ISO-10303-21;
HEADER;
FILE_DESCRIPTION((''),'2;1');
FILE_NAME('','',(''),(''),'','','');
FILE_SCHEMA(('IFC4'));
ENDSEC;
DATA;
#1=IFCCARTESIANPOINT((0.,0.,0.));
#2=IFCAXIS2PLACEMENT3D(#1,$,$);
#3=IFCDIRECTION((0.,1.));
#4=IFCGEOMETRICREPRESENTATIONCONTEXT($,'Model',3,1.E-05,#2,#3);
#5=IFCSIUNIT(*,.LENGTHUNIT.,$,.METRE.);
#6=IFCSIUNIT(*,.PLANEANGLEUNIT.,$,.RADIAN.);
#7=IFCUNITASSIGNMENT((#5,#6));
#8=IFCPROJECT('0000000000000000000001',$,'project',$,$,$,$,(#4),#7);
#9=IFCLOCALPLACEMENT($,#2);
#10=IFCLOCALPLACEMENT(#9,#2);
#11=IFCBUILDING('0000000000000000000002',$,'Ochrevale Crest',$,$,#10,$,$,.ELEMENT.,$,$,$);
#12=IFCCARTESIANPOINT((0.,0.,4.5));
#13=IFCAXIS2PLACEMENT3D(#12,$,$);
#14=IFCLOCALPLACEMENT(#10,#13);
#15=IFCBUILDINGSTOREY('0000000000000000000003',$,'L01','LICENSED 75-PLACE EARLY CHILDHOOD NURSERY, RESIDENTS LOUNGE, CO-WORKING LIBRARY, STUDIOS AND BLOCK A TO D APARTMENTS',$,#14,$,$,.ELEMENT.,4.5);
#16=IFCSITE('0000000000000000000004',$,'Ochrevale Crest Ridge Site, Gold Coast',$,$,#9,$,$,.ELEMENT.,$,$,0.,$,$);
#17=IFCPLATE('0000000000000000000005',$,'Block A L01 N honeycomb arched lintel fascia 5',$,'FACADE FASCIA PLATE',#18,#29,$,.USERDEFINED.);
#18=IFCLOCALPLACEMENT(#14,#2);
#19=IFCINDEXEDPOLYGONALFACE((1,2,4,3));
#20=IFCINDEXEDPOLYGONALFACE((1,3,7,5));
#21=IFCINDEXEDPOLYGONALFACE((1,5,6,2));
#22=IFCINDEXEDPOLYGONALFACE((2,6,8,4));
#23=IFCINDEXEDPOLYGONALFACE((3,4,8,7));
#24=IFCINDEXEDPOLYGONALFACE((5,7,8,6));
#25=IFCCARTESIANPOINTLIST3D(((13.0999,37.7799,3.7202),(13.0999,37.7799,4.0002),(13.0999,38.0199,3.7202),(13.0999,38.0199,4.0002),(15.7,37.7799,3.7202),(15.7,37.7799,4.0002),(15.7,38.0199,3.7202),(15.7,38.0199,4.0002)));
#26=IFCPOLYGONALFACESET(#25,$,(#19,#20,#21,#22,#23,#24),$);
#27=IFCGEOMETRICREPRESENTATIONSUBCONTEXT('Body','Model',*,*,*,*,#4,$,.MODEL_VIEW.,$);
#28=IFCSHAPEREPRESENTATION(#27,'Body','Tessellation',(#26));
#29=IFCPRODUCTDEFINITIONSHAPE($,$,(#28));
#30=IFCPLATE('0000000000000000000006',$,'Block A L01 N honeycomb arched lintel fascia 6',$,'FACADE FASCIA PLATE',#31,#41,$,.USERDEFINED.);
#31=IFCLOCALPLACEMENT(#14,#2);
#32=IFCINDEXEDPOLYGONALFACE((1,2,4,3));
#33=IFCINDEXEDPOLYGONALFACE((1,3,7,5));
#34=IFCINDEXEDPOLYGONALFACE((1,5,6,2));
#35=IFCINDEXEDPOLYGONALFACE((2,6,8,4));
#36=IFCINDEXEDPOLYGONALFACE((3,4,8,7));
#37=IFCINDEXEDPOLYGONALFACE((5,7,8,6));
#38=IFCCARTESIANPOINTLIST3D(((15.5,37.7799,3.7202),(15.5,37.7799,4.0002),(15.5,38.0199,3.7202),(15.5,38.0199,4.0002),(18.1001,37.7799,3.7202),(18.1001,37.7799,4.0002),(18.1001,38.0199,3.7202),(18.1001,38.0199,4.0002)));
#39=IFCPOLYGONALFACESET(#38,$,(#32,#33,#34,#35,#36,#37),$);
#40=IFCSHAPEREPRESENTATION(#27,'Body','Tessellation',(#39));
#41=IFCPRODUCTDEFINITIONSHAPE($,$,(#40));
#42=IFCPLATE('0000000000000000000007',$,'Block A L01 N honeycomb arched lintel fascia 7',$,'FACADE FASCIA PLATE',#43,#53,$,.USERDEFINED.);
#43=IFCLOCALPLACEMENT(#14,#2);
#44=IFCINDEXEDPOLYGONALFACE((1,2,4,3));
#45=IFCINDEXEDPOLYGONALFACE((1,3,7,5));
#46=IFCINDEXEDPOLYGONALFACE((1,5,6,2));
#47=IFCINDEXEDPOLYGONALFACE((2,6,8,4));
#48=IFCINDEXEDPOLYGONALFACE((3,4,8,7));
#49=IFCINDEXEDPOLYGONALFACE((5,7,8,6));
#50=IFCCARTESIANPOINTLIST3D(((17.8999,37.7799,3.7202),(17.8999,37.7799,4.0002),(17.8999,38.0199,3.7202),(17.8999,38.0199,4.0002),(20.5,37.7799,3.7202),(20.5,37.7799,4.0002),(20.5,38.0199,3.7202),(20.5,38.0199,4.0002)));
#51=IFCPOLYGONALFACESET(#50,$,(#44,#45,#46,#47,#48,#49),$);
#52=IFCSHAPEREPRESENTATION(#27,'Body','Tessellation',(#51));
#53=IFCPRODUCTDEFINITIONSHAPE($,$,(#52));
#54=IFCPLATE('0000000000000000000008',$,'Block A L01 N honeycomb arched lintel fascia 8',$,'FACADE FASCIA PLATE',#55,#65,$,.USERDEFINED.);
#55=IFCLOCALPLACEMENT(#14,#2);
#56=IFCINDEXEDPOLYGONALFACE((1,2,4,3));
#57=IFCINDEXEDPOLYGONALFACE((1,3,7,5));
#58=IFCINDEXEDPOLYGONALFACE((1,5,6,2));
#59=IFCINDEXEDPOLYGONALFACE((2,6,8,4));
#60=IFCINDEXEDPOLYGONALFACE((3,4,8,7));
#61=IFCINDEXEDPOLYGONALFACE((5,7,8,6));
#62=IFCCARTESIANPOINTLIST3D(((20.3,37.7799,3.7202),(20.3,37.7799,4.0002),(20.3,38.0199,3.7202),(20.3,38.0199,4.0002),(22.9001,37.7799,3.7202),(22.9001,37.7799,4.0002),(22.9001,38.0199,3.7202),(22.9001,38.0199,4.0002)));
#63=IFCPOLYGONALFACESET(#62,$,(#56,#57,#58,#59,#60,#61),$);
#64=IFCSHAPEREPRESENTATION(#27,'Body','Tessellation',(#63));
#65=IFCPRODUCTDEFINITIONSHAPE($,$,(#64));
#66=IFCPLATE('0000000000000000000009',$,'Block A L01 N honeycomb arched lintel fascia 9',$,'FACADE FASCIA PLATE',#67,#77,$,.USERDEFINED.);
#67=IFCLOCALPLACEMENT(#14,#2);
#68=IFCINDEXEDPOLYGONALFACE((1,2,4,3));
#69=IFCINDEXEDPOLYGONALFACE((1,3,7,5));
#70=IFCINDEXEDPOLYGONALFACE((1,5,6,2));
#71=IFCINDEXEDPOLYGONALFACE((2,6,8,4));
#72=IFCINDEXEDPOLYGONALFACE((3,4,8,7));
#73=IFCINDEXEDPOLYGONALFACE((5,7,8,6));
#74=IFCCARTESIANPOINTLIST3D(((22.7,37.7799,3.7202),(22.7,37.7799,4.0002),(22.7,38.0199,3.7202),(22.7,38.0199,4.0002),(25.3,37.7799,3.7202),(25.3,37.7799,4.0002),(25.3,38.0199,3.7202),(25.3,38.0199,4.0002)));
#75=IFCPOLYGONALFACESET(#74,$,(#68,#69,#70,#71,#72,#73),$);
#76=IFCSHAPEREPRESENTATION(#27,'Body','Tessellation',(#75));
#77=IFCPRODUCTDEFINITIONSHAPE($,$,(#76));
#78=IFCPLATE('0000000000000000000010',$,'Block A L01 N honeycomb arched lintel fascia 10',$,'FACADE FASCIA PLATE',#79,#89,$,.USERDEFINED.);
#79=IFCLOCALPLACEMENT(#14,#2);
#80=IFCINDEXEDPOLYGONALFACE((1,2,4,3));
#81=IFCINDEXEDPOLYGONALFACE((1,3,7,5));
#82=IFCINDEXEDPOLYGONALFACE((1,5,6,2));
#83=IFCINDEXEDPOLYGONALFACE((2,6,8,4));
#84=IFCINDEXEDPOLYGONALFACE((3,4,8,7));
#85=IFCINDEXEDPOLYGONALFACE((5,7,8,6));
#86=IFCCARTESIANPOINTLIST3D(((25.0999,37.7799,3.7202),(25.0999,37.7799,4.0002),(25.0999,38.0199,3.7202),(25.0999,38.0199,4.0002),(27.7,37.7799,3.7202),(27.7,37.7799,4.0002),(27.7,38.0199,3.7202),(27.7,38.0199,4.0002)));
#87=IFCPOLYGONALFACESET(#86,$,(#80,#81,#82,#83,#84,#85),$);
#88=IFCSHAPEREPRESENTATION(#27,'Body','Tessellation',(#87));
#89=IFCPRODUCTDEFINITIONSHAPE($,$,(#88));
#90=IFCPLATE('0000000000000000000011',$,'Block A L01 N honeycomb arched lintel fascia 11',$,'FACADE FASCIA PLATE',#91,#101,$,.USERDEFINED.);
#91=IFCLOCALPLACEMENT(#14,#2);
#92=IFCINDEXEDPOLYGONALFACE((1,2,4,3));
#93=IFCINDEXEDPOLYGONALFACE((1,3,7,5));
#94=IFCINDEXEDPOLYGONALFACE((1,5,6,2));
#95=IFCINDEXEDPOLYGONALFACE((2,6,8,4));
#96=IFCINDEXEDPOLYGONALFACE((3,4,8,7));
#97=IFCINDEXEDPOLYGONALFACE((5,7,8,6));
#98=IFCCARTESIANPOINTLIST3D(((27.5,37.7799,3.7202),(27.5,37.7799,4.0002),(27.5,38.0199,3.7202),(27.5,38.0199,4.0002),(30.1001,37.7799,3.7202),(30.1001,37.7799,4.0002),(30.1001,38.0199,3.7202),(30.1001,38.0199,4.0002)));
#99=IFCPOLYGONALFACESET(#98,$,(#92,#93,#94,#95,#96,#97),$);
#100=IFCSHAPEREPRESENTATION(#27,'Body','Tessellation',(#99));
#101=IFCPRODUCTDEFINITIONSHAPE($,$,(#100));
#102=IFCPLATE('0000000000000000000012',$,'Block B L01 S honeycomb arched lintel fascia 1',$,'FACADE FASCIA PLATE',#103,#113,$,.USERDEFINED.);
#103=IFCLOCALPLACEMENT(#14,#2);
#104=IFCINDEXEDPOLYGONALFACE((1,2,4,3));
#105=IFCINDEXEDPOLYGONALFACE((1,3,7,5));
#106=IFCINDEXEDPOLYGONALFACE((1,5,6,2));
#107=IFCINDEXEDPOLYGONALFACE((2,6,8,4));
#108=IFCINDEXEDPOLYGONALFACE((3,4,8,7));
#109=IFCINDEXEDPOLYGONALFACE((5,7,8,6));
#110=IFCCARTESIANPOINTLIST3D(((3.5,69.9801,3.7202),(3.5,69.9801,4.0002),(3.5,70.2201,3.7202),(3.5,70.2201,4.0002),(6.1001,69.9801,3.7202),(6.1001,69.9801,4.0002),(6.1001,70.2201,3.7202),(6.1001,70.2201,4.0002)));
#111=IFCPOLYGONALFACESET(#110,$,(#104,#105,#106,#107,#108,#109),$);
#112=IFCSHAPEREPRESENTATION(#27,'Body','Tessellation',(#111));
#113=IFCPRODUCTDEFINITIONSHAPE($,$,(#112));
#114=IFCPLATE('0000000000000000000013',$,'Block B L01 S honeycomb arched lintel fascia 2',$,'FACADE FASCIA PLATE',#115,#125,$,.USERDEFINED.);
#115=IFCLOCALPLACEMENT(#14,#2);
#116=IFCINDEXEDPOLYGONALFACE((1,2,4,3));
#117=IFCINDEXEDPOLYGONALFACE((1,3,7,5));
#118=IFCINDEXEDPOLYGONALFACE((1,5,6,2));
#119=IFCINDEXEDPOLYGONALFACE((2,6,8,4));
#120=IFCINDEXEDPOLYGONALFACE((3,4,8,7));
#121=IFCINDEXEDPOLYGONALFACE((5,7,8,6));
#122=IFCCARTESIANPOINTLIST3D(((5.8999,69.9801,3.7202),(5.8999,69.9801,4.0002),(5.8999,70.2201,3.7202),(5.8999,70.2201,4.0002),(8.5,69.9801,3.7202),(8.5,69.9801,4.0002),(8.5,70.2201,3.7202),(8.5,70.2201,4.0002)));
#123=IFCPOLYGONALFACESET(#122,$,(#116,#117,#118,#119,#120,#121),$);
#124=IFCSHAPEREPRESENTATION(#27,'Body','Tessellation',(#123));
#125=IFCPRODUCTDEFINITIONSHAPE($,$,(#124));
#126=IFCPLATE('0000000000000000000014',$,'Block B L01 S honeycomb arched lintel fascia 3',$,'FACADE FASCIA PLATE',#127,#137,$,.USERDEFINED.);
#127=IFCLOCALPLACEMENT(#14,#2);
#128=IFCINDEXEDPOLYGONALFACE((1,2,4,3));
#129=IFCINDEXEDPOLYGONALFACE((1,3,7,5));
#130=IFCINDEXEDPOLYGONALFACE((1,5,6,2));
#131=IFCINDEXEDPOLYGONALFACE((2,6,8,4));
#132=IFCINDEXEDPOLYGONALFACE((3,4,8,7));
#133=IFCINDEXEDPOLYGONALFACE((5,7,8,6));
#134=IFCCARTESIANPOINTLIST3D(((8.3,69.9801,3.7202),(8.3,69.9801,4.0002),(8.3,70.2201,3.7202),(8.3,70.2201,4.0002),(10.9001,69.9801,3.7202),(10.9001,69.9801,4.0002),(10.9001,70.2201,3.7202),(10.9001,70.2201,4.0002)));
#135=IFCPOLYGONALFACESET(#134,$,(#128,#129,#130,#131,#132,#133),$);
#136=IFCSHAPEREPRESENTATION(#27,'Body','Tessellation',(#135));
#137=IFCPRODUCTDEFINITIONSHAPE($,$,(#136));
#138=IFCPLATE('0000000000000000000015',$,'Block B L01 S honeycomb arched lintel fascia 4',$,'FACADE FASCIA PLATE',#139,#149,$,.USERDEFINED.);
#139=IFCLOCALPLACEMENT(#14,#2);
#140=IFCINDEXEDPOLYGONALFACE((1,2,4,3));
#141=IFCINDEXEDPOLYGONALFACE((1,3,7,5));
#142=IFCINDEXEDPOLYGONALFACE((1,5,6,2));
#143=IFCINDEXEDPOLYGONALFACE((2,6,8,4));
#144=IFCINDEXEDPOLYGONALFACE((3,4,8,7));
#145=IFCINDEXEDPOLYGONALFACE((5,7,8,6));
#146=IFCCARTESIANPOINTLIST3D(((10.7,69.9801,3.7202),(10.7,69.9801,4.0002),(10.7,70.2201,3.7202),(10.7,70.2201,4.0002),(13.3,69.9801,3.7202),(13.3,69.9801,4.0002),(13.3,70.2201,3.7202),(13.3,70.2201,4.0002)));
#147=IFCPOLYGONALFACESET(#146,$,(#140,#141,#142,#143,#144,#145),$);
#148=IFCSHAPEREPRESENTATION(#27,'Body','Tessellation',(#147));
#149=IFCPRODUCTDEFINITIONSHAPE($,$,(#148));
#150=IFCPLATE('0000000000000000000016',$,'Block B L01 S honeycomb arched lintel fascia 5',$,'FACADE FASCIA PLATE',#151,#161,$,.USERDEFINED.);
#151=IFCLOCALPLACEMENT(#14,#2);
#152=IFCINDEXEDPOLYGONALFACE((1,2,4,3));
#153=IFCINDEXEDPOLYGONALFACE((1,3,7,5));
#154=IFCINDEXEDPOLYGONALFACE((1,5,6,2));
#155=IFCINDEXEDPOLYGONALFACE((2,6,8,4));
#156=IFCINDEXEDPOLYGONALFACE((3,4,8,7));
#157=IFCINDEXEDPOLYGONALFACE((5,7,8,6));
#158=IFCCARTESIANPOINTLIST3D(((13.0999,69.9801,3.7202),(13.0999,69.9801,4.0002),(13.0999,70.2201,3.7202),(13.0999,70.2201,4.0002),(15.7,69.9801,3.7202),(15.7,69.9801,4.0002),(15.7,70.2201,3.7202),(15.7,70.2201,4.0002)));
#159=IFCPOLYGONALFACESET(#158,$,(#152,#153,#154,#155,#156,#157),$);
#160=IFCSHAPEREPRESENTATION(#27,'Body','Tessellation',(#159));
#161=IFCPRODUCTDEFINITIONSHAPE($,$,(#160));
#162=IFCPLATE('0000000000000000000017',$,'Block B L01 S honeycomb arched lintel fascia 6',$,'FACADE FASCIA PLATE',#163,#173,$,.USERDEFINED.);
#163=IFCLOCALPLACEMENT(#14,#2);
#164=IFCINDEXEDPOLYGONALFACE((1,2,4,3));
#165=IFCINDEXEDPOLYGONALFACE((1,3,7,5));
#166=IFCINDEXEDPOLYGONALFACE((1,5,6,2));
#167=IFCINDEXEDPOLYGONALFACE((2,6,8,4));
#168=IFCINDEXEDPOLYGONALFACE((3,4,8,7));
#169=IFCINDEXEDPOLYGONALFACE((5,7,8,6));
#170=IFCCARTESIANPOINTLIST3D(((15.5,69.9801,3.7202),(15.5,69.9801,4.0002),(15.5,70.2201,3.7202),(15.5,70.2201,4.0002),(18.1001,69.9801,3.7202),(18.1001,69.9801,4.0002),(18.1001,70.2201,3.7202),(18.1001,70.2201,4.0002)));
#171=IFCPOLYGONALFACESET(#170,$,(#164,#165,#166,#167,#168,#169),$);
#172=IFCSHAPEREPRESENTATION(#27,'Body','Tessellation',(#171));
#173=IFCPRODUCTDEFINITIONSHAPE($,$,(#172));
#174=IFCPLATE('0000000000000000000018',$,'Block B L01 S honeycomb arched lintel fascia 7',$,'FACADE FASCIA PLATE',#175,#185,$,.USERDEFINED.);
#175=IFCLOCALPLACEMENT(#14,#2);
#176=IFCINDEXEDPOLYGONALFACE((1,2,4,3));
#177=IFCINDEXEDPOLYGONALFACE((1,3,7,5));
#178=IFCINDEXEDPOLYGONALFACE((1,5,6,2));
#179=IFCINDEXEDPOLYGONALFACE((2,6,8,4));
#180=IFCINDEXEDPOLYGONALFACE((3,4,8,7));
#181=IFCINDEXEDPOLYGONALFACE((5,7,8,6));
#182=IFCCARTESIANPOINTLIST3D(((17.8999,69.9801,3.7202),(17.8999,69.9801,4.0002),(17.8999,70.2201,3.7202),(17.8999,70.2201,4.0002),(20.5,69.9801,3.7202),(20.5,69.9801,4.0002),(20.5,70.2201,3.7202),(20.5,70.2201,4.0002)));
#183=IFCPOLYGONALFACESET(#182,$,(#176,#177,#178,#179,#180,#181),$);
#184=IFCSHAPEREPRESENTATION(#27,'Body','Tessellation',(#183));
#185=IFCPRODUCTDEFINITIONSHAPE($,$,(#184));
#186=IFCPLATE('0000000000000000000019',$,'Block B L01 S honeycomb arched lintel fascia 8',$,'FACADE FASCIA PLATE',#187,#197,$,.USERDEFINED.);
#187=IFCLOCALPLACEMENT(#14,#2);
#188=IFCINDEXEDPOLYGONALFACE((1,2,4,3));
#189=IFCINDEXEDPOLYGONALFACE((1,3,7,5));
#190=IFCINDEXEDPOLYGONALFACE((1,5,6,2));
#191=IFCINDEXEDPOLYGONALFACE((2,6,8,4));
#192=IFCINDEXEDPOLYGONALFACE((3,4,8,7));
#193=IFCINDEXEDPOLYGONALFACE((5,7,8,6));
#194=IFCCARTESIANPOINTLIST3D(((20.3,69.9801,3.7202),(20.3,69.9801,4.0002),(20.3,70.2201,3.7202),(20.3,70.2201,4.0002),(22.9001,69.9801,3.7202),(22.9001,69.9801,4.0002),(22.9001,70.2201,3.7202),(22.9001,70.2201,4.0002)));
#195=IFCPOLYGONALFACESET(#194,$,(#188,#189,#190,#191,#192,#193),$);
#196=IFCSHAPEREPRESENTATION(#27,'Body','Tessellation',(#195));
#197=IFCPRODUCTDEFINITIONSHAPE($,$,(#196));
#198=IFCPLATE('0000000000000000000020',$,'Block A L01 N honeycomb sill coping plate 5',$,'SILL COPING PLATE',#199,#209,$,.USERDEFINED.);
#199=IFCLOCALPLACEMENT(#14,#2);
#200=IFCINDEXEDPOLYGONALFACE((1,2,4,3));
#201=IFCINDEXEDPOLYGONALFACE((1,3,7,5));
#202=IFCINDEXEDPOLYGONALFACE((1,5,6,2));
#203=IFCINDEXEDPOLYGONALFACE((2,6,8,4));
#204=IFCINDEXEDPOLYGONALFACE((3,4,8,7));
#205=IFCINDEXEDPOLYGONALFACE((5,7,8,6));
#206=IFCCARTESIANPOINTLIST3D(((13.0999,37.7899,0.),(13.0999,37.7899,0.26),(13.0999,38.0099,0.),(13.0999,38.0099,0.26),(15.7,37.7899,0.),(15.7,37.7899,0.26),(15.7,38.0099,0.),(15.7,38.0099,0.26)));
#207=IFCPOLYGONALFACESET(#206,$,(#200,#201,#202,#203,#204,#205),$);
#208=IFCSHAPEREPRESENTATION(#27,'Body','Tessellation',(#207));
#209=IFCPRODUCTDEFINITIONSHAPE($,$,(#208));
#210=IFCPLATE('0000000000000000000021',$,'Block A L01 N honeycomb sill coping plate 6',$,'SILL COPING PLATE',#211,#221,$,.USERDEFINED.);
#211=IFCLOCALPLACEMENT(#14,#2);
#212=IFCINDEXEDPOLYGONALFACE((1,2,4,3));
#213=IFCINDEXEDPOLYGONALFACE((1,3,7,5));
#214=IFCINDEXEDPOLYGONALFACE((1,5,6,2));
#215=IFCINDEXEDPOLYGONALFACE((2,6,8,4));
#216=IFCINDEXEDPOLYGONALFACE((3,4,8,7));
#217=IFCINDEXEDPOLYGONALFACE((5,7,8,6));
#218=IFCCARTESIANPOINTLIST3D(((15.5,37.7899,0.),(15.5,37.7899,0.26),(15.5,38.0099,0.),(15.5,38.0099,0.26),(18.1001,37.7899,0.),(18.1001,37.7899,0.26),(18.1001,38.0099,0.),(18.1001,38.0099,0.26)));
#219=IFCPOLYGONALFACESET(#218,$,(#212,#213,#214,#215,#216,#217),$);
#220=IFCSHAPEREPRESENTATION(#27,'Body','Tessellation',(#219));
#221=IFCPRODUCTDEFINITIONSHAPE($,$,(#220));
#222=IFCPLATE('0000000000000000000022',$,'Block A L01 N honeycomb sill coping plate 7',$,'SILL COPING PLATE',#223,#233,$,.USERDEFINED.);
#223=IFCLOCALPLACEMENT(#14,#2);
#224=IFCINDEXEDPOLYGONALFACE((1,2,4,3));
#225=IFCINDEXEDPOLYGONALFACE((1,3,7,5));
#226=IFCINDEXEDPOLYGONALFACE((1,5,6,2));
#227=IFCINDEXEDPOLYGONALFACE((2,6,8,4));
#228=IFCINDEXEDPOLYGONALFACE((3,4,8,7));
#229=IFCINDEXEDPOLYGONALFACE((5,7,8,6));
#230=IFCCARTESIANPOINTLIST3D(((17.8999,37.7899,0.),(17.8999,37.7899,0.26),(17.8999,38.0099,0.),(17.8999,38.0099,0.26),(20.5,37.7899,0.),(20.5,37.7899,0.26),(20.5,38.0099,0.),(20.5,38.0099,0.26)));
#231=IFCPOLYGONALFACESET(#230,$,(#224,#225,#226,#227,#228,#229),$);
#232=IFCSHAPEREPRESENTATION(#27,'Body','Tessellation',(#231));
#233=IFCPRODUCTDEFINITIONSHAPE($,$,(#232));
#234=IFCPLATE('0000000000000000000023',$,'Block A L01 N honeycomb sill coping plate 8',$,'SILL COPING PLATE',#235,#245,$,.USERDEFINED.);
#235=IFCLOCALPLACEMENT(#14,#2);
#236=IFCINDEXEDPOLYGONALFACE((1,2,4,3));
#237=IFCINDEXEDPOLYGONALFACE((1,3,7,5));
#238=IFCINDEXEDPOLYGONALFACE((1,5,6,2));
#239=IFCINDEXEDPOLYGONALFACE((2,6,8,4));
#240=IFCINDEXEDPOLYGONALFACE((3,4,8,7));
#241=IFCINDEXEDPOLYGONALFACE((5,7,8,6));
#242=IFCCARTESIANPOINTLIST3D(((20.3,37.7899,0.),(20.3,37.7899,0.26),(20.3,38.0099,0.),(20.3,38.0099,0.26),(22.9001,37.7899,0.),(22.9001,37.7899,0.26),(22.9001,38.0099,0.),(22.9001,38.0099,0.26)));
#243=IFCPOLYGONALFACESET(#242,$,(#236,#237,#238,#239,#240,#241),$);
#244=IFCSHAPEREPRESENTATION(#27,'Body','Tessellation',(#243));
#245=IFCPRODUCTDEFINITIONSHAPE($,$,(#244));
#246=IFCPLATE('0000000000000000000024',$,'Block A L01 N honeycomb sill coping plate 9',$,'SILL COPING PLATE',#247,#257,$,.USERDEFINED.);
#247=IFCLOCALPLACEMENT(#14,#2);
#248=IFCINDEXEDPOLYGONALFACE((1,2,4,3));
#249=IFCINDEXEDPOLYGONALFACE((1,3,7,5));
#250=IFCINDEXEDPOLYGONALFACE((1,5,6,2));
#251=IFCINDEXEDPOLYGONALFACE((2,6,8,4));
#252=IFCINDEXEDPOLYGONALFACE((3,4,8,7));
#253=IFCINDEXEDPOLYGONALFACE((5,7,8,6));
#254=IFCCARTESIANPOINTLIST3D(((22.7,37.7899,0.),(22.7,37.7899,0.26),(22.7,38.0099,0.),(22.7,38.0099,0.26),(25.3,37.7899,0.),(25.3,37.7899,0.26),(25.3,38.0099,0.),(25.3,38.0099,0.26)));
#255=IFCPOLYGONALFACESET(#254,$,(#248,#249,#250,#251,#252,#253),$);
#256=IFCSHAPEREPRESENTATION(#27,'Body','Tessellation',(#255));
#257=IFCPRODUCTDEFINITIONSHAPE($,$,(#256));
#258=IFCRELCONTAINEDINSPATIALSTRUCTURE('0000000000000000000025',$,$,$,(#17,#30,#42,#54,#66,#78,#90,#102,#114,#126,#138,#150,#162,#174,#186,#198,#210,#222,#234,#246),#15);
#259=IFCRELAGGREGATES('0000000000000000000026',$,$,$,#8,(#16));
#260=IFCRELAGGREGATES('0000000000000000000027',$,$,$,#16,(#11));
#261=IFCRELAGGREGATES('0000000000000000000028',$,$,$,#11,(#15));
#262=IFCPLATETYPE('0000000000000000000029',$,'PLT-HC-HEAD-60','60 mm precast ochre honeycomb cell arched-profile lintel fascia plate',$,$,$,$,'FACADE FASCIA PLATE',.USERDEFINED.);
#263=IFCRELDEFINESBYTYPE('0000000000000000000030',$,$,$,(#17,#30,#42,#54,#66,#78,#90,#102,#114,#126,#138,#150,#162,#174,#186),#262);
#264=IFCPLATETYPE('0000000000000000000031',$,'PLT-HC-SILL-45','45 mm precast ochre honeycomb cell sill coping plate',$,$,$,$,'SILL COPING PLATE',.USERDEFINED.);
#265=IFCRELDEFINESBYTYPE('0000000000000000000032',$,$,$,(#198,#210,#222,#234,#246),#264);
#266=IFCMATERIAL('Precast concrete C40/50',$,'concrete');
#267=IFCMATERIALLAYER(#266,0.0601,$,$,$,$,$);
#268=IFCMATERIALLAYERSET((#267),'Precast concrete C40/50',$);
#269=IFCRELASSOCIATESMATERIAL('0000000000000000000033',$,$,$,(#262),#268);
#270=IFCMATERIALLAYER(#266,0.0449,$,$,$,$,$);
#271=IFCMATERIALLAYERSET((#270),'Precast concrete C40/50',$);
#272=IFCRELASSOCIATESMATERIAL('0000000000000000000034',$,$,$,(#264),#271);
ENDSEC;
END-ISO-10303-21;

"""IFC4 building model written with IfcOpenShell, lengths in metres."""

from ifc_helpers import new_model, si_unit, direction, frame, origin, origin_2d, place, context, subcontext, project, spatial, rectangle, extrude, material, layer, layer_set, type_object, element, save


model = new_model("IFC4")

# Units and contexts
model_context = context("Model", 3, precision=1e-05, world=origin(), true_north=direction((0.0, 1.0)))
body_context = subcontext(model_context, "Body", "Model", "MODEL_VIEW")
ifc_project = project(units=[si_unit("LENGTHUNIT", "METRE"), si_unit("PLANEANGLEUNIT", "RADIAN")], contexts=[model_context])

# Site, building, storey
site_placement = place(None, origin())
site = spatial("IfcSite", under=ifc_project, at=site_placement, Name="Ochrevale Crest Ridge Site, Gold Coast", CompositionType="ELEMENT", RefElevation=0.0)
building_placement = place(site_placement, origin())
building = spatial("IfcBuilding", under=site, at=building_placement, Name="Ochrevale Crest", CompositionType="ELEMENT")
storey_placement = place(building_placement, frame((0.0, 0.0, 4.5)))
storey = spatial("IfcBuildingStorey", under=building, at=storey_placement, Name="L01", Description="LICENSED 75-PLACE EARLY CHILDHOOD NURSERY, RESIDENTS LOUNGE, CO-WORKING LIBRARY, STUDIOS AND BLOCK A TO D APARTMENTS", CompositionType="ELEMENT", Elevation=4.5)

# Plates
ifc_material_1 = material(Name="Precast concrete C40/50", Category="concrete")
ifc_layer_1 = layer(ifc_material_1, 0.0601)
ifc_layer_set_1 = layer_set([ifc_layer_1], Name="Precast concrete C40/50")
plate_type_1 = type_object("IfcPlateType", Name="PLT-HC-HEAD-60", Description="60 mm precast ochre honeycomb cell arched-profile lintel fascia plate", ElementType="FACADE FASCIA PLATE", PredefinedType="USERDEFINED", material=ifc_layer_set_1)
for number, where, z_axis, x_axis, name in (
    (1, (14.3999, 37.8999, 3.7202), (0.0, 0.0, 1.0), (1.0, 0.0, 0.0), "Block A L01 N honeycomb arched lintel fascia 5"),
    (2, (16.8, 37.8999, 3.7202), (0.0, 0.0, 1.0), (1.0, 0.0, 0.0), "Block A L01 N honeycomb arched lintel fascia 6"),
    (3, (19.2, 37.8999, 3.7202), (0.0, 0.0, 1.0), (1.0, 0.0, 0.0), "Block A L01 N honeycomb arched lintel fascia 7"),
    (4, (21.6001, 37.8999, 3.7202), (0.0, 0.0, 1.0), (1.0, 0.0, 0.0), "Block A L01 N honeycomb arched lintel fascia 8"),
    (5, (24.0, 37.8999, 3.7202), (0.0, 0.0, 1.0), (1.0, 0.0, 0.0), "Block A L01 N honeycomb arched lintel fascia 9"),
    (6, (26.3999, 37.8999, 3.7202), (0.0, 0.0, 1.0), (1.0, 0.0, 0.0), "Block A L01 N honeycomb arched lintel fascia 10"),
    (7, (28.8, 37.8999, 3.7202), (0.0, 0.0, 1.0), (1.0, 0.0, 0.0), "Block A L01 N honeycomb arched lintel fascia 11"),
    (8, (4.8, 70.1001, 3.7202), (0.0, 0.0, 1.0), (1.0, 0.0, 0.0), "Block B L01 S honeycomb arched lintel fascia 1"),
    (9, (7.2, 70.1001, 3.7202), (0.0, 0.0, 1.0), (1.0, 0.0, 0.0), "Block B L01 S honeycomb arched lintel fascia 2"),
    (10, (9.6001, 70.1001, 3.7202), (0.0, 0.0, 1.0), (1.0, 0.0, 0.0), "Block B L01 S honeycomb arched lintel fascia 3"),
    (11, (12.0, 70.1001, 3.7202), (0.0, 0.0, 1.0), (1.0, 0.0, 0.0), "Block B L01 S honeycomb arched lintel fascia 4"),
    (12, (14.3999, 70.1001, 3.7202), (0.0, 0.0, 1.0), (1.0, 0.0, 0.0), "Block B L01 S honeycomb arched lintel fascia 5"),
    (13, (16.8, 70.1001, 3.7202), (0.0, 0.0, 1.0), (1.0, 0.0, 0.0), "Block B L01 S honeycomb arched lintel fascia 6"),
    (14, (19.2, 70.1001, 3.7202), (0.0, 0.0, 1.0), (1.0, 0.0, 0.0), "Block B L01 S honeycomb arched lintel fascia 7"),
    (15, (21.6001, 70.1001, 3.7202), (0.0, 0.0, 1.0), (1.0, 0.0, 0.0), "Block B L01 S honeycomb arched lintel fascia 8"),
):
    element("IfcPlate", number, at=place(storey_placement, frame(where, z_axis=z_axis, x_axis=x_axis)), inside=storey, type_object=plate_type_1, Name=name, ObjectType="FACADE FASCIA PLATE", PredefinedType="USERDEFINED", context=body_context, shape_type="SweptSolid", body=[
        extrude(rectangle(XDim=2.6001, YDim=0.24, at=origin_2d()), origin(), (0.0, 0.0, 1.0), 0.28),
    ])
ifc_layer_2 = layer(ifc_material_1, 0.0449)
ifc_layer_set_2 = layer_set([ifc_layer_2], Name="Precast concrete C40/50")
plate_type_2 = type_object("IfcPlateType", Name="PLT-HC-SILL-45", Description="45 mm precast ochre honeycomb cell sill coping plate", ElementType="SILL COPING PLATE", PredefinedType="USERDEFINED", material=ifc_layer_set_2)
for number, where, z_axis, x_axis, name in (
    (16, (14.3999, 37.8999, 0.0), (0.0, 0.0, 1.0), (1.0, 0.0, 0.0), "Block A L01 N honeycomb sill coping plate 5"),
    (17, (16.8, 37.8999, 0.0), (0.0, 0.0, 1.0), (1.0, 0.0, 0.0), "Block A L01 N honeycomb sill coping plate 6"),
    (18, (19.2, 37.8999, 0.0), (0.0, 0.0, 1.0), (1.0, 0.0, 0.0), "Block A L01 N honeycomb sill coping plate 7"),
    (19, (21.6001, 37.8999, 0.0), (0.0, 0.0, 1.0), (1.0, 0.0, 0.0), "Block A L01 N honeycomb sill coping plate 8"),
    (20, (24.0, 37.8999, 0.0), (0.0, 0.0, 1.0), (1.0, 0.0, 0.0), "Block A L01 N honeycomb sill coping plate 9"),
):
    element("IfcPlate", number, at=place(storey_placement, frame(where, z_axis=z_axis, x_axis=x_axis)), inside=storey, type_object=plate_type_2, Name=name, ObjectType="SILL COPING PLATE", PredefinedType="USERDEFINED", context=body_context, shape_type="SweptSolid", body=[
        extrude(rectangle(XDim=2.6001, YDim=0.22, at=origin_2d()), origin(), (0.0, 0.0, 1.0), 0.26),
    ])

save(model, "model.ifc")
